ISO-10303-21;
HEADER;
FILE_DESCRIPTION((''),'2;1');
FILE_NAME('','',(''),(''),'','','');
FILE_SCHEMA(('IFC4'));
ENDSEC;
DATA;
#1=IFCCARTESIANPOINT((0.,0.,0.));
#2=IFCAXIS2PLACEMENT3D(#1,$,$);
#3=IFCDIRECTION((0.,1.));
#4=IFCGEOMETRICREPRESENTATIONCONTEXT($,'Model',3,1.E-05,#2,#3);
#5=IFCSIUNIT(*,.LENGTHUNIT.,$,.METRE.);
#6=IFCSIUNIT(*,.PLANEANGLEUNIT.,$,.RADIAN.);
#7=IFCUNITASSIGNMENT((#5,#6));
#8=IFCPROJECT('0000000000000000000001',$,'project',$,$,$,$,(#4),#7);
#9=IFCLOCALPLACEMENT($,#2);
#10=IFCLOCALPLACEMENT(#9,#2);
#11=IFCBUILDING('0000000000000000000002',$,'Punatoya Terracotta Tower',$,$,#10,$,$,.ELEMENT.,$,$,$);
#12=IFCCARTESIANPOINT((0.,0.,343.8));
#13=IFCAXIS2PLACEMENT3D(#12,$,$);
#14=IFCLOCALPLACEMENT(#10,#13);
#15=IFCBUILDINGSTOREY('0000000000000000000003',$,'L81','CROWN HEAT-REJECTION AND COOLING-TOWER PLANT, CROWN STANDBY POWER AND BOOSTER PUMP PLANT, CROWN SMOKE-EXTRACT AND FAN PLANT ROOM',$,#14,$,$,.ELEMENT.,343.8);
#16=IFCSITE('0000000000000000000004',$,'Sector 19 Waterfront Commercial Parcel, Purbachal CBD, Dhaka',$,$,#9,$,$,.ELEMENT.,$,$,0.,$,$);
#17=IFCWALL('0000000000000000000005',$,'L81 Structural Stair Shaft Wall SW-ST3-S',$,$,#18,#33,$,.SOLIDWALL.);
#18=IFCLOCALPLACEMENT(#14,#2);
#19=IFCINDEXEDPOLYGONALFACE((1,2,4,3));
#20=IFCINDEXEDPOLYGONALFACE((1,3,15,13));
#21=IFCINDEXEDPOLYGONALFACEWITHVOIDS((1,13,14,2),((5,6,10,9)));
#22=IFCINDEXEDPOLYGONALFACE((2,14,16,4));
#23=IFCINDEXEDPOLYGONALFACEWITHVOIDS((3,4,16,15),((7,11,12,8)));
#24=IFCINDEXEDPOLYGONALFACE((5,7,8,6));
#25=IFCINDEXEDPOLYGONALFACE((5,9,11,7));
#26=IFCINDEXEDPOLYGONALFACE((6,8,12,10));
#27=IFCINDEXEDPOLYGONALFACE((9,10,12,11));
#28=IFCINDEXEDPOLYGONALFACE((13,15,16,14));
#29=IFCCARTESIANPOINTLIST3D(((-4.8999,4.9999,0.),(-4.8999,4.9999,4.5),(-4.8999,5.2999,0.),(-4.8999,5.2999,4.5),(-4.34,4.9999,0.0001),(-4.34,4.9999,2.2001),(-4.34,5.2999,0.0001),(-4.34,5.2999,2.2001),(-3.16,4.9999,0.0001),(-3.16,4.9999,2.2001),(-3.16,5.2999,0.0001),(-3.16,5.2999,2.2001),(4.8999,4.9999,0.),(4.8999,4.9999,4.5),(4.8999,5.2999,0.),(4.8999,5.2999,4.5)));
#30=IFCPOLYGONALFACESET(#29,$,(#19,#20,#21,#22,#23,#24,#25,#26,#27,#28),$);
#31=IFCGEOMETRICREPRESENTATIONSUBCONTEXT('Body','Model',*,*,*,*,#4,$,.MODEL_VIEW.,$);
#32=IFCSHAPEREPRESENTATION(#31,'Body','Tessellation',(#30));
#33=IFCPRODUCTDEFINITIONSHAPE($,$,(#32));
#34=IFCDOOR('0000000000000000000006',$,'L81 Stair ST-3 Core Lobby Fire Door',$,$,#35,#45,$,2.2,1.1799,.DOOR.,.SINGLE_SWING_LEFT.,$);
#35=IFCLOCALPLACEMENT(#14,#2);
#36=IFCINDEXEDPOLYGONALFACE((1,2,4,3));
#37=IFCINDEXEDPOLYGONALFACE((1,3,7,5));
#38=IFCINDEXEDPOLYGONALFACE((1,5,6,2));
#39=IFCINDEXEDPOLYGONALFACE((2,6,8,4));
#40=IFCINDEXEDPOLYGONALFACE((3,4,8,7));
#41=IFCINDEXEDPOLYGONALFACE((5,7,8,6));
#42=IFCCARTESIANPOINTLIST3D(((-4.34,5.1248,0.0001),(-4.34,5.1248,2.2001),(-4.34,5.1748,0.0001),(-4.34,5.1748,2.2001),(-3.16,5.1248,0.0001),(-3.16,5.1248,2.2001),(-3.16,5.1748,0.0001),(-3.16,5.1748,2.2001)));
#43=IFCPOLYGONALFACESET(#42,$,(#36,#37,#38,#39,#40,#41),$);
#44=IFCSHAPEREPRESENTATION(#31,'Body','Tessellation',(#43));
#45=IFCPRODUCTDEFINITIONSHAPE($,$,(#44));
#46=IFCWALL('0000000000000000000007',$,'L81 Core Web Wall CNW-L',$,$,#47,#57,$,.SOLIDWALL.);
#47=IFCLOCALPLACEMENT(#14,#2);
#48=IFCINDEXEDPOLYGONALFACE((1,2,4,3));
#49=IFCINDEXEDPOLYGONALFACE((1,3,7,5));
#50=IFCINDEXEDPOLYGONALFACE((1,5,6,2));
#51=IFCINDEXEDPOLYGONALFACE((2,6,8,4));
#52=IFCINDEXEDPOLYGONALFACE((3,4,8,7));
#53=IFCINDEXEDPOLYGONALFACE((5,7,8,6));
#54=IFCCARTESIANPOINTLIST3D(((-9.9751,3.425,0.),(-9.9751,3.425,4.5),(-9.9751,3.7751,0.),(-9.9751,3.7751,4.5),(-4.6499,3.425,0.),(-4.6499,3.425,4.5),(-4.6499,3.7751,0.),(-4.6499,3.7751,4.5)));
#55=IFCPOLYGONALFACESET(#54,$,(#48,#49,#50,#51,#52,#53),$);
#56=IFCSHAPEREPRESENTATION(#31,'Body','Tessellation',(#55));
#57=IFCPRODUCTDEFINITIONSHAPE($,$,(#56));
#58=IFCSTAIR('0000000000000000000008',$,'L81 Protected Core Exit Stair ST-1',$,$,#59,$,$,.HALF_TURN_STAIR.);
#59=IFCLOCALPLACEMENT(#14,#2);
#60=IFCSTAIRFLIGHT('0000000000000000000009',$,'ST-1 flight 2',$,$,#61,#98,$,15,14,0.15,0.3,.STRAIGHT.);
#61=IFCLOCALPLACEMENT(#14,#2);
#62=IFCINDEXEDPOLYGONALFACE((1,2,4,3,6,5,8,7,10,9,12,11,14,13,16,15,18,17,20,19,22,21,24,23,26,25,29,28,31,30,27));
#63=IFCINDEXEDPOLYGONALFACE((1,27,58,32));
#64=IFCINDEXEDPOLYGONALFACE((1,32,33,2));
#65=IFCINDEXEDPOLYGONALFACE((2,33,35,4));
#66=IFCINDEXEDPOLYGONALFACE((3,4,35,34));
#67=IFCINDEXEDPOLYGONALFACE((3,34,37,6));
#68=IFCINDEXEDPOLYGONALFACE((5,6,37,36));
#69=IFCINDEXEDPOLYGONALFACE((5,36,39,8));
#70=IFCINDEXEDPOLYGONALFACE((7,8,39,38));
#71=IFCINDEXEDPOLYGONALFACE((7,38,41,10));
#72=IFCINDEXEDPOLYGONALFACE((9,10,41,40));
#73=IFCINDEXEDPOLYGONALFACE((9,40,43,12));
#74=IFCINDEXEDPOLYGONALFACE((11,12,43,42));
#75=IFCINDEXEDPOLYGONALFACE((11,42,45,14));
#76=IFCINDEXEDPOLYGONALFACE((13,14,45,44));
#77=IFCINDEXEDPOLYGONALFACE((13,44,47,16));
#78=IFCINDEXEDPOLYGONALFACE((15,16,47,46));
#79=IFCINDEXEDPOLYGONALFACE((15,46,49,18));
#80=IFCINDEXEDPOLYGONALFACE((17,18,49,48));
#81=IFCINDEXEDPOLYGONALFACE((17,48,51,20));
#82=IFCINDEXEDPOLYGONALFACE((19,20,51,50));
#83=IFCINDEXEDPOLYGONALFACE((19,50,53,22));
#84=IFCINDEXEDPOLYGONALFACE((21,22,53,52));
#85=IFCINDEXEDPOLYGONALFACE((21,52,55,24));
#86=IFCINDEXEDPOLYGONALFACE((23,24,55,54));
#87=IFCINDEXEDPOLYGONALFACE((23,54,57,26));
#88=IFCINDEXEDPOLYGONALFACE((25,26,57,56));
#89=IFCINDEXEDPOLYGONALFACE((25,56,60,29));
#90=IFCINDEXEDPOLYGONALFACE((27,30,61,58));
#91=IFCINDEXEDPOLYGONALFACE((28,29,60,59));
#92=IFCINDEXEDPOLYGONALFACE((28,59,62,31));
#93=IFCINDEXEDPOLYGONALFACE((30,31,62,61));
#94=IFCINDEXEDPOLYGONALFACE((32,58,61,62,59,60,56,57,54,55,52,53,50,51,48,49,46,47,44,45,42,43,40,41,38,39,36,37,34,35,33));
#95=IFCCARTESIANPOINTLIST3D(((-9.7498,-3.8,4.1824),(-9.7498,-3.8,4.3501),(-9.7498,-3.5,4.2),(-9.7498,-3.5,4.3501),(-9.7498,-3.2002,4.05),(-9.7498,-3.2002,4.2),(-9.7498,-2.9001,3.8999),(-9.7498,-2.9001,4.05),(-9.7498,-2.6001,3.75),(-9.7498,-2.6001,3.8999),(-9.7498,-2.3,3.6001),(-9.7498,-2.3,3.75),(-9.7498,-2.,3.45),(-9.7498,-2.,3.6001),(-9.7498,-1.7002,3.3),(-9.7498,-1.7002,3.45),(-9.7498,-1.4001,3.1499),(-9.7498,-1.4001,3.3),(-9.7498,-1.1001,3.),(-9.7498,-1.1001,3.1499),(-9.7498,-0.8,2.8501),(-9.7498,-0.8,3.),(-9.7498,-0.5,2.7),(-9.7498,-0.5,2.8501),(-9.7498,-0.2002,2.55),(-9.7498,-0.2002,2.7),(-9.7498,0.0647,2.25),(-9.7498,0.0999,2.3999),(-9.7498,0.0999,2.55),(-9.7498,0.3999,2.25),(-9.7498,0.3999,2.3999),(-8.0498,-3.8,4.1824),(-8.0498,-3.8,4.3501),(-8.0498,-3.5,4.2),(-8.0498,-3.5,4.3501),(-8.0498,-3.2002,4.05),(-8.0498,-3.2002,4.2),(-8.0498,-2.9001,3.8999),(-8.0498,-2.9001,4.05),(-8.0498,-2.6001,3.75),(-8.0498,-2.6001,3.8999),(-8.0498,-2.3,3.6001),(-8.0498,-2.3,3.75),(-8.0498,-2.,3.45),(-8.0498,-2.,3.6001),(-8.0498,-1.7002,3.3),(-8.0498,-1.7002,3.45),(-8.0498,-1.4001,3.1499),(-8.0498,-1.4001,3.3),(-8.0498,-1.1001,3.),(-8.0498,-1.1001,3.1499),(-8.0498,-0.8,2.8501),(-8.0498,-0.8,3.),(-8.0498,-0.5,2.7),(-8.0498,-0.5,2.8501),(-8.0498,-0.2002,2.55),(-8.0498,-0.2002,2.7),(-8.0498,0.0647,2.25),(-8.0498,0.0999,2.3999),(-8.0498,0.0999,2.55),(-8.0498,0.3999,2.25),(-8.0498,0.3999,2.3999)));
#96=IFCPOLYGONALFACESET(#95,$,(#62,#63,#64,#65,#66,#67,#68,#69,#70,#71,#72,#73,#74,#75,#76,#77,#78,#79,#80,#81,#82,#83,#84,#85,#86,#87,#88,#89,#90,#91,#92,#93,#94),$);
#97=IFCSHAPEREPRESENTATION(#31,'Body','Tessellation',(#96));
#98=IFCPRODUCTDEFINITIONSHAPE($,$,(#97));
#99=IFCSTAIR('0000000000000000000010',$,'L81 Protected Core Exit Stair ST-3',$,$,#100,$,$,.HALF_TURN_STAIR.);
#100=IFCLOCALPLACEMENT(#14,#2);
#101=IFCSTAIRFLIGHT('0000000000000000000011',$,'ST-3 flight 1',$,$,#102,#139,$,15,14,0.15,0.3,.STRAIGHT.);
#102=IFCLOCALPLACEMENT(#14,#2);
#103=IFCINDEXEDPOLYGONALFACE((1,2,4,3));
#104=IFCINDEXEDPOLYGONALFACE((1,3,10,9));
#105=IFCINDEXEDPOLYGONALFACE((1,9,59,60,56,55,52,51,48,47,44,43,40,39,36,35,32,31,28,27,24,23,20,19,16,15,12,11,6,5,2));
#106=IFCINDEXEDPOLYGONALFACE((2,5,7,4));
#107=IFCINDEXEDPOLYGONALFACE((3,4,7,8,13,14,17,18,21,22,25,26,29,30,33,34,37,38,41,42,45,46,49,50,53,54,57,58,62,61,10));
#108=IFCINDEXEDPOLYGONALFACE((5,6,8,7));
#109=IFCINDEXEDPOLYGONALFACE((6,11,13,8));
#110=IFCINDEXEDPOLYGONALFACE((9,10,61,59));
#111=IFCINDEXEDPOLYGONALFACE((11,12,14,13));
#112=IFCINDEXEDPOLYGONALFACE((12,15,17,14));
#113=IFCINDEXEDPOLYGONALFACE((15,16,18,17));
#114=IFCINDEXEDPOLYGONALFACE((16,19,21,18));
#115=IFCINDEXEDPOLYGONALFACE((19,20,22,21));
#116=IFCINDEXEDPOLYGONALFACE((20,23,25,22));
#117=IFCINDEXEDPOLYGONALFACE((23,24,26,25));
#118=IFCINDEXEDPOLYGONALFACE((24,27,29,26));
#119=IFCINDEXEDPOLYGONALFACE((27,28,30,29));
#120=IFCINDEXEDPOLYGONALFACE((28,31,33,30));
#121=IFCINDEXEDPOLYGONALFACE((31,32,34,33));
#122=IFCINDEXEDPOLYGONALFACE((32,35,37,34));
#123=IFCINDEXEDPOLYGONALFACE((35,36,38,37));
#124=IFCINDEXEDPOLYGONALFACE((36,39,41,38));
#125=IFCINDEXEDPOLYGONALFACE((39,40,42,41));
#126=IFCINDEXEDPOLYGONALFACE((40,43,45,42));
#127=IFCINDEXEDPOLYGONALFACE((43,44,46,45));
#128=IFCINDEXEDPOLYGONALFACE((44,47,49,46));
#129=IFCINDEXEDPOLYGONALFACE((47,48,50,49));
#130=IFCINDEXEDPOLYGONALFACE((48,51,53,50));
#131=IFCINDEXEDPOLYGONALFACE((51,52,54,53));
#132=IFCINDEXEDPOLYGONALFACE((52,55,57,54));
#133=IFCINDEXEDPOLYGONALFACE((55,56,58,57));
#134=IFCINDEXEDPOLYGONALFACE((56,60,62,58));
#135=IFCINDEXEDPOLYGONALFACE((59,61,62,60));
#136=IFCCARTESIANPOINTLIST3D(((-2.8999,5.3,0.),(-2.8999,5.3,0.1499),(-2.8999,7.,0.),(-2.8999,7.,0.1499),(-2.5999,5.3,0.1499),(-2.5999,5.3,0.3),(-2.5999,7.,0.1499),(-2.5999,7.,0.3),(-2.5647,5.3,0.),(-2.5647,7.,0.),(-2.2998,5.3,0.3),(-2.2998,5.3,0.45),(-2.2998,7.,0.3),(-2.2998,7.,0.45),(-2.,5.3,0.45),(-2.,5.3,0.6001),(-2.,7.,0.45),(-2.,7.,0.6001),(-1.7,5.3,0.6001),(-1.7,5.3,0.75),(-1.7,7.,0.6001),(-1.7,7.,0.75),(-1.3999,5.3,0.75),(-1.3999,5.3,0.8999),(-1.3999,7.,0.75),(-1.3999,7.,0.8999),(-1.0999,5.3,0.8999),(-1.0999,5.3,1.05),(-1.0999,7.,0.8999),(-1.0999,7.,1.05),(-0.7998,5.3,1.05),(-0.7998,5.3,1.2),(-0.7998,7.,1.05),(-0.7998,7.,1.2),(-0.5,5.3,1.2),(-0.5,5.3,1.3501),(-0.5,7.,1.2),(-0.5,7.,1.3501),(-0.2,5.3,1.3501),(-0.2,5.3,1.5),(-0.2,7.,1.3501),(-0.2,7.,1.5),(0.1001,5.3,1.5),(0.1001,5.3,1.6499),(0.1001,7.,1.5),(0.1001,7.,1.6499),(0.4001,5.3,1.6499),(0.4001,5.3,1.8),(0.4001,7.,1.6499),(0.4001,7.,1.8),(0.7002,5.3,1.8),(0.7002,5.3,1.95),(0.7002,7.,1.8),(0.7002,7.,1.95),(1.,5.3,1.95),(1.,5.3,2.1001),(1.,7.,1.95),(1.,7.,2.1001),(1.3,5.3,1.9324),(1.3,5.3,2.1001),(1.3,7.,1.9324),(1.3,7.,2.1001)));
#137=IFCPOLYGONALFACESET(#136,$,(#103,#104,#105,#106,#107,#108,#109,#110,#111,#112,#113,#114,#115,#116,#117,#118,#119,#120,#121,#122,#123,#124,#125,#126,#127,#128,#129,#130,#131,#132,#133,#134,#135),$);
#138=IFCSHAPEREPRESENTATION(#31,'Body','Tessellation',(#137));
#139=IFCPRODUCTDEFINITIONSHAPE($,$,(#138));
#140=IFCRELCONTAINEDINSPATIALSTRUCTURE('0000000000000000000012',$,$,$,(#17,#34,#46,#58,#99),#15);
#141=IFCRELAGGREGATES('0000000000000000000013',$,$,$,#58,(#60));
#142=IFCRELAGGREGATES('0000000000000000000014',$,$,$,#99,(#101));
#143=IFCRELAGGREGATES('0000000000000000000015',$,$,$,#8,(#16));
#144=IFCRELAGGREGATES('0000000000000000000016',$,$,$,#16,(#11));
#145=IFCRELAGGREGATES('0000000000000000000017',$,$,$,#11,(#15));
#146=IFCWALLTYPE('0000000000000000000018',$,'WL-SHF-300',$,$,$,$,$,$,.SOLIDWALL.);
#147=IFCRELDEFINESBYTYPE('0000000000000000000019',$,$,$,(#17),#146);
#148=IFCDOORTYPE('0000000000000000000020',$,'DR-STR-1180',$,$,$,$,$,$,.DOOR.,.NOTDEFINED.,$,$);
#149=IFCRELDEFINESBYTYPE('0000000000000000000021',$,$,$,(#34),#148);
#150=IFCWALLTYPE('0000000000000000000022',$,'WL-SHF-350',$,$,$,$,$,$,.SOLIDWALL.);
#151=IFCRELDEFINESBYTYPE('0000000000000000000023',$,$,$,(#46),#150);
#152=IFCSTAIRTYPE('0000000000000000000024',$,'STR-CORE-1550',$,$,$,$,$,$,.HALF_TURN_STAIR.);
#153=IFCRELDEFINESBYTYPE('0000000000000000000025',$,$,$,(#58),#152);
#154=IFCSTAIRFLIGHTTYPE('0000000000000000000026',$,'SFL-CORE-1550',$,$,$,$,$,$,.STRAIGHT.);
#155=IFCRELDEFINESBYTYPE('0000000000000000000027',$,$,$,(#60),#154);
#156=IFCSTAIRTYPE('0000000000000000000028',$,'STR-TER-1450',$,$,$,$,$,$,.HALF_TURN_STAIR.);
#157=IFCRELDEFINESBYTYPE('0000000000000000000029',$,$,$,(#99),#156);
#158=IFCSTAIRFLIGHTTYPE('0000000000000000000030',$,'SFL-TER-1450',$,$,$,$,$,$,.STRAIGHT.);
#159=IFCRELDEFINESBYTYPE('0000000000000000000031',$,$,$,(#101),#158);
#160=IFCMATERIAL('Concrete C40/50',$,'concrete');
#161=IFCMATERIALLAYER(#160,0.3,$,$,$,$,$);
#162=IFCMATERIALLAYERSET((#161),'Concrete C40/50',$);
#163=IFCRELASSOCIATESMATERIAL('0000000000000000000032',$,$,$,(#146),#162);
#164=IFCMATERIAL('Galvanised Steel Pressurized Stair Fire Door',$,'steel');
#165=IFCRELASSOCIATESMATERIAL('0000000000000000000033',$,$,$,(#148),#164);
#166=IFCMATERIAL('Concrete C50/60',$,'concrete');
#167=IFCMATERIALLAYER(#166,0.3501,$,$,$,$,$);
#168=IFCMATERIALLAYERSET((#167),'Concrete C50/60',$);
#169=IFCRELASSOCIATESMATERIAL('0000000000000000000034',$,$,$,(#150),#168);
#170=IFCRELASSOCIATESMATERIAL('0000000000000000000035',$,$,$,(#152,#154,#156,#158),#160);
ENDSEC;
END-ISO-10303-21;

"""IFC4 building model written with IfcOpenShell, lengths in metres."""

from ifc_helpers import new_model, si_unit, direction, frame, frame_2d, origin, place, context, subcontext, project, spatial, polyline, rectangle, outline, extrude, material, layer, layer_set, type_object, element, fill, aggregate, save


model = new_model("IFC4")

# Units and contexts
model_context = context("Model", 3, precision=1e-05, world=origin(), true_north=direction((0.0, 1.0)))
body_context = subcontext(model_context, "Body", "Model", "MODEL_VIEW")
ifc_project = project(units=[si_unit("LENGTHUNIT", "METRE"), si_unit("PLANEANGLEUNIT", "RADIAN")], contexts=[model_context])

# Site, building, storey
site_placement = place(None, origin())
site = spatial("IfcSite", under=ifc_project, at=site_placement, Name="Sector 19 Waterfront Commercial Parcel, Purbachal CBD, Dhaka", CompositionType="ELEMENT", RefElevation=0.0)
building_placement = place(site_placement, origin())
building = spatial("IfcBuilding", under=site, at=building_placement, Name="Punatoya Terracotta Tower", CompositionType="ELEMENT")
storey_placement = place(building_placement, frame((0.0, 0.0, 343.8)))
storey = spatial("IfcBuildingStorey", under=building, at=storey_placement, Name="L81", Description="CROWN HEAT-REJECTION AND COOLING-TOWER PLANT, CROWN STANDBY POWER AND BOOSTER PUMP PLANT, CROWN SMOKE-EXTRACT AND FAN PLANT ROOM", CompositionType="ELEMENT", Elevation=343.8)

# Shared definitions
ifc_material_1 = material(Name="Concrete C50/60", Category="concrete")

# Shared definitions
ifc_material_2 = material(Name="Concrete C40/50", Category="concrete")

# Shared definitions
ifc_layer_1 = layer(ifc_material_2, 0.3)
ifc_layer_set_1 = layer_set([ifc_layer_1], Name="Concrete C40/50")
wall_type_1 = type_object("IfcWallType", Name="WL-SHF-300", PredefinedType="SOLIDWALL", material=ifc_layer_set_1)

# Wall, opening, door
wall_1_placement = place(storey_placement, frame((-4.8999, 5.1499, 0.0), z_axis=(0.0, 0.0, 1.0), x_axis=(1.0, 0.0, 0.0)))
wall_1 = element("IfcWall", 1, at=wall_1_placement, inside=storey, type_object=wall_type_1, Name="L81 Structural Stair Shaft Wall SW-ST3-S", PredefinedType="SOLIDWALL", context=body_context, shape_type="SweptSolid", body=[
    extrude(rectangle(XDim=9.7998, YDim=0.3, at=frame_2d((4.8999, 0.0))), origin(), (0.0, 0.0, 1.0), 4.5),
])
opening_1_placement = place(wall_1_placement, frame((0.5601, 0.0, 0.0)))
opening_1 = element("IfcOpeningElement", 2, at=opening_1_placement, cuts=wall_1, PredefinedType="OPENING", context=body_context, shape_type="SweptSolid", body=[
    extrude(rectangle(XDim=1.1799, YDim=2.2, at=frame_2d((0.5898, 1.1001))), frame((0.0, 0.1599, 0.0), z_axis=(0.0, -1.0, 0.0), x_axis=(1.0, 0.0, 0.0)), (0.0, 0.0, 1.0), 0.3201),
])
ifc_material_3 = material(Name="Galvanised Steel Pressurized Stair Fire Door", Category="steel")
door_type_1 = type_object("IfcDoorType", Name="DR-STR-1180", OperationType="NOTDEFINED", PredefinedType="DOOR", material=ifc_material_3)
door_1_placement = place(opening_1_placement, origin())
door_1 = element("IfcDoor", 3, at=door_1_placement, inside=storey, type_object=door_type_1, Name="L81 Stair ST-3 Core Lobby Fire Door", OperationType="SINGLE_SWING_LEFT", OverallHeight=2.2, OverallWidth=1.1799, PredefinedType="DOOR", context=body_context, shape_type="SweptSolid", body=[
    extrude(rectangle(XDim=1.1799, YDim=2.2, at=frame_2d((0.5898, 1.1001))), frame((0.0, 0.0249, 0.0), z_axis=(0.0, -1.0, 0.0), x_axis=(1.0, 0.0, 0.0)), (0.0, 0.0, 1.0), 0.05),
])
fill(opening_1, door_1)

# Wall
ifc_layer_2 = layer(ifc_material_1, 0.3501)
ifc_layer_set_2 = layer_set([ifc_layer_2], Name="Concrete C50/60")
wall_type_2 = type_object("IfcWallType", Name="WL-SHF-350", PredefinedType="SOLIDWALL", material=ifc_layer_set_2)
wall_2_placement = place(storey_placement, frame((-9.9751, 3.6001, 0.0), z_axis=(0.0, 0.0, 1.0), x_axis=(1.0, 0.0, 0.0)))
element("IfcWall", 4, at=wall_2_placement, inside=storey, type_object=wall_type_2, Name="L81 Core Web Wall CNW-L", PredefinedType="SOLIDWALL", context=body_context, shape_type="SweptSolid", body=[
    extrude(rectangle(XDim=5.3252, YDim=0.3501, at=frame_2d((2.6626, 0.0))), origin(), (0.0, 0.0, 1.0), 4.5),
])

# Stairs, stair flights
stair_type_1 = type_object("IfcStairType", Name="STR-CORE-1550", PredefinedType="HALF_TURN_STAIR", material=ifc_material_2)
stair_1_placement = place(storey_placement, origin())
stair_1 = element("IfcStair", 5, at=stair_1_placement, inside=storey, type_object=stair_type_1, Name="L81 Protected Core Exit Stair ST-1", PredefinedType="HALF_TURN_STAIR")
stair_flight_type_1 = type_object("IfcStairFlightType", Name="SFL-CORE-1550", PredefinedType="STRAIGHT", material=ifc_material_2)
stair_flight_1_placement = place(storey_placement, frame((-8.8999, 0.3999, 2.25), z_axis=(0.0, 0.0, 1.0), x_axis=(0.0, -1.0, 0.0)))
stair_flight_1 = element("IfcStairFlight", 6, at=stair_flight_1_placement, type_object=stair_flight_type_1, Name="ST-1 flight 2", NumberOfRisers=15, NumberOfTreads=14, PredefinedType="STRAIGHT", RiserHeight=0.15, TreadLength=0.3, context=body_context, shape_type="SweptSolid", body=[
    extrude(outline(polyline([(0.0, 0.0), (0.0, 0.1499), (0.3, 0.1499), (0.3, 0.3), (0.6001, 0.3), (0.6001, 0.45), (0.8999, 0.45), (0.8999, 0.6001), (1.2, 0.6001), (1.2, 0.75), (1.5, 0.75), (1.5, 0.8999), (1.8, 0.8999), (1.8, 1.05), (2.1001, 1.05), (2.1001, 1.2), (2.3999, 1.2), (2.3999, 1.3501), (2.7, 1.3501), (2.7, 1.5), (3.0, 1.5), (3.0, 1.6499), (3.3, 1.6499), (3.3, 1.8), (3.6001, 1.8), (3.6001, 1.95), (3.8999, 1.95), (3.8999, 2.1001), (4.2, 2.1001), (4.2, 2.25), (4.2, 1.9324), (0.3352, 0.0), (0.0, 0.0)])), frame((0.0, 0.8501, 0.0), z_axis=(0.0, -1.0, 0.0), x_axis=(1.0, 0.0, 0.0)), (0.0, 0.0, 1.0), 1.7),
])
aggregate(stair_1, [stair_flight_1])
stair_type_2 = type_object("IfcStairType", Name="STR-TER-1450", PredefinedType="HALF_TURN_STAIR", material=ifc_material_2)
stair_2_placement = place(storey_placement, origin())
stair_2 = element("IfcStair", 7, at=stair_2_placement, inside=storey, type_object=stair_type_2, Name="L81 Protected Core Exit Stair ST-3", PredefinedType="HALF_TURN_STAIR")
stair_flight_type_2 = type_object("IfcStairFlightType", Name="SFL-TER-1450", PredefinedType="STRAIGHT", material=ifc_material_2)
stair_flight_2_placement = place(storey_placement, frame((-2.8999, 6.1499, 0.0), z_axis=(0.0, 0.0, 1.0), x_axis=(1.0, 0.0, 0.0)))
stair_flight_2 = element("IfcStairFlight", 8, at=stair_flight_2_placement, type_object=stair_flight_type_2, Name="ST-3 flight 1", NumberOfRisers=15, NumberOfTreads=14, PredefinedType="STRAIGHT", RiserHeight=0.15, TreadLength=0.3, context=body_context, shape_type="SweptSolid", body=[
    extrude(outline(polyline([(0.0, 0.0), (0.0, 0.1499), (0.3, 0.1499), (0.3, 0.3), (0.6001, 0.3), (0.6001, 0.45), (0.8999, 0.45), (0.8999, 0.6001), (1.2, 0.6001), (1.2, 0.75), (1.5, 0.75), (1.5, 0.8999), (1.8, 0.8999), (1.8, 1.05), (2.1001, 1.05), (2.1001, 1.2), (2.3999, 1.2), (2.3999, 1.3501), (2.7, 1.3501), (2.7, 1.5), (3.0, 1.5), (3.0, 1.6499), (3.3, 1.6499), (3.3, 1.8), (3.6001, 1.8), (3.6001, 1.95), (3.8999, 1.95), (3.8999, 2.1001), (4.2, 2.1001), (4.2, 2.25), (4.2, 1.9324), (0.3352, 0.0), (0.0, 0.0)])), frame((0.0, 0.8501, 0.0), z_axis=(0.0, -1.0, 0.0), x_axis=(1.0, 0.0, 0.0)), (0.0, 0.0, 1.0), 1.7),
])
aggregate(stair_2, [stair_flight_2])

save(model, "model.ifc")
